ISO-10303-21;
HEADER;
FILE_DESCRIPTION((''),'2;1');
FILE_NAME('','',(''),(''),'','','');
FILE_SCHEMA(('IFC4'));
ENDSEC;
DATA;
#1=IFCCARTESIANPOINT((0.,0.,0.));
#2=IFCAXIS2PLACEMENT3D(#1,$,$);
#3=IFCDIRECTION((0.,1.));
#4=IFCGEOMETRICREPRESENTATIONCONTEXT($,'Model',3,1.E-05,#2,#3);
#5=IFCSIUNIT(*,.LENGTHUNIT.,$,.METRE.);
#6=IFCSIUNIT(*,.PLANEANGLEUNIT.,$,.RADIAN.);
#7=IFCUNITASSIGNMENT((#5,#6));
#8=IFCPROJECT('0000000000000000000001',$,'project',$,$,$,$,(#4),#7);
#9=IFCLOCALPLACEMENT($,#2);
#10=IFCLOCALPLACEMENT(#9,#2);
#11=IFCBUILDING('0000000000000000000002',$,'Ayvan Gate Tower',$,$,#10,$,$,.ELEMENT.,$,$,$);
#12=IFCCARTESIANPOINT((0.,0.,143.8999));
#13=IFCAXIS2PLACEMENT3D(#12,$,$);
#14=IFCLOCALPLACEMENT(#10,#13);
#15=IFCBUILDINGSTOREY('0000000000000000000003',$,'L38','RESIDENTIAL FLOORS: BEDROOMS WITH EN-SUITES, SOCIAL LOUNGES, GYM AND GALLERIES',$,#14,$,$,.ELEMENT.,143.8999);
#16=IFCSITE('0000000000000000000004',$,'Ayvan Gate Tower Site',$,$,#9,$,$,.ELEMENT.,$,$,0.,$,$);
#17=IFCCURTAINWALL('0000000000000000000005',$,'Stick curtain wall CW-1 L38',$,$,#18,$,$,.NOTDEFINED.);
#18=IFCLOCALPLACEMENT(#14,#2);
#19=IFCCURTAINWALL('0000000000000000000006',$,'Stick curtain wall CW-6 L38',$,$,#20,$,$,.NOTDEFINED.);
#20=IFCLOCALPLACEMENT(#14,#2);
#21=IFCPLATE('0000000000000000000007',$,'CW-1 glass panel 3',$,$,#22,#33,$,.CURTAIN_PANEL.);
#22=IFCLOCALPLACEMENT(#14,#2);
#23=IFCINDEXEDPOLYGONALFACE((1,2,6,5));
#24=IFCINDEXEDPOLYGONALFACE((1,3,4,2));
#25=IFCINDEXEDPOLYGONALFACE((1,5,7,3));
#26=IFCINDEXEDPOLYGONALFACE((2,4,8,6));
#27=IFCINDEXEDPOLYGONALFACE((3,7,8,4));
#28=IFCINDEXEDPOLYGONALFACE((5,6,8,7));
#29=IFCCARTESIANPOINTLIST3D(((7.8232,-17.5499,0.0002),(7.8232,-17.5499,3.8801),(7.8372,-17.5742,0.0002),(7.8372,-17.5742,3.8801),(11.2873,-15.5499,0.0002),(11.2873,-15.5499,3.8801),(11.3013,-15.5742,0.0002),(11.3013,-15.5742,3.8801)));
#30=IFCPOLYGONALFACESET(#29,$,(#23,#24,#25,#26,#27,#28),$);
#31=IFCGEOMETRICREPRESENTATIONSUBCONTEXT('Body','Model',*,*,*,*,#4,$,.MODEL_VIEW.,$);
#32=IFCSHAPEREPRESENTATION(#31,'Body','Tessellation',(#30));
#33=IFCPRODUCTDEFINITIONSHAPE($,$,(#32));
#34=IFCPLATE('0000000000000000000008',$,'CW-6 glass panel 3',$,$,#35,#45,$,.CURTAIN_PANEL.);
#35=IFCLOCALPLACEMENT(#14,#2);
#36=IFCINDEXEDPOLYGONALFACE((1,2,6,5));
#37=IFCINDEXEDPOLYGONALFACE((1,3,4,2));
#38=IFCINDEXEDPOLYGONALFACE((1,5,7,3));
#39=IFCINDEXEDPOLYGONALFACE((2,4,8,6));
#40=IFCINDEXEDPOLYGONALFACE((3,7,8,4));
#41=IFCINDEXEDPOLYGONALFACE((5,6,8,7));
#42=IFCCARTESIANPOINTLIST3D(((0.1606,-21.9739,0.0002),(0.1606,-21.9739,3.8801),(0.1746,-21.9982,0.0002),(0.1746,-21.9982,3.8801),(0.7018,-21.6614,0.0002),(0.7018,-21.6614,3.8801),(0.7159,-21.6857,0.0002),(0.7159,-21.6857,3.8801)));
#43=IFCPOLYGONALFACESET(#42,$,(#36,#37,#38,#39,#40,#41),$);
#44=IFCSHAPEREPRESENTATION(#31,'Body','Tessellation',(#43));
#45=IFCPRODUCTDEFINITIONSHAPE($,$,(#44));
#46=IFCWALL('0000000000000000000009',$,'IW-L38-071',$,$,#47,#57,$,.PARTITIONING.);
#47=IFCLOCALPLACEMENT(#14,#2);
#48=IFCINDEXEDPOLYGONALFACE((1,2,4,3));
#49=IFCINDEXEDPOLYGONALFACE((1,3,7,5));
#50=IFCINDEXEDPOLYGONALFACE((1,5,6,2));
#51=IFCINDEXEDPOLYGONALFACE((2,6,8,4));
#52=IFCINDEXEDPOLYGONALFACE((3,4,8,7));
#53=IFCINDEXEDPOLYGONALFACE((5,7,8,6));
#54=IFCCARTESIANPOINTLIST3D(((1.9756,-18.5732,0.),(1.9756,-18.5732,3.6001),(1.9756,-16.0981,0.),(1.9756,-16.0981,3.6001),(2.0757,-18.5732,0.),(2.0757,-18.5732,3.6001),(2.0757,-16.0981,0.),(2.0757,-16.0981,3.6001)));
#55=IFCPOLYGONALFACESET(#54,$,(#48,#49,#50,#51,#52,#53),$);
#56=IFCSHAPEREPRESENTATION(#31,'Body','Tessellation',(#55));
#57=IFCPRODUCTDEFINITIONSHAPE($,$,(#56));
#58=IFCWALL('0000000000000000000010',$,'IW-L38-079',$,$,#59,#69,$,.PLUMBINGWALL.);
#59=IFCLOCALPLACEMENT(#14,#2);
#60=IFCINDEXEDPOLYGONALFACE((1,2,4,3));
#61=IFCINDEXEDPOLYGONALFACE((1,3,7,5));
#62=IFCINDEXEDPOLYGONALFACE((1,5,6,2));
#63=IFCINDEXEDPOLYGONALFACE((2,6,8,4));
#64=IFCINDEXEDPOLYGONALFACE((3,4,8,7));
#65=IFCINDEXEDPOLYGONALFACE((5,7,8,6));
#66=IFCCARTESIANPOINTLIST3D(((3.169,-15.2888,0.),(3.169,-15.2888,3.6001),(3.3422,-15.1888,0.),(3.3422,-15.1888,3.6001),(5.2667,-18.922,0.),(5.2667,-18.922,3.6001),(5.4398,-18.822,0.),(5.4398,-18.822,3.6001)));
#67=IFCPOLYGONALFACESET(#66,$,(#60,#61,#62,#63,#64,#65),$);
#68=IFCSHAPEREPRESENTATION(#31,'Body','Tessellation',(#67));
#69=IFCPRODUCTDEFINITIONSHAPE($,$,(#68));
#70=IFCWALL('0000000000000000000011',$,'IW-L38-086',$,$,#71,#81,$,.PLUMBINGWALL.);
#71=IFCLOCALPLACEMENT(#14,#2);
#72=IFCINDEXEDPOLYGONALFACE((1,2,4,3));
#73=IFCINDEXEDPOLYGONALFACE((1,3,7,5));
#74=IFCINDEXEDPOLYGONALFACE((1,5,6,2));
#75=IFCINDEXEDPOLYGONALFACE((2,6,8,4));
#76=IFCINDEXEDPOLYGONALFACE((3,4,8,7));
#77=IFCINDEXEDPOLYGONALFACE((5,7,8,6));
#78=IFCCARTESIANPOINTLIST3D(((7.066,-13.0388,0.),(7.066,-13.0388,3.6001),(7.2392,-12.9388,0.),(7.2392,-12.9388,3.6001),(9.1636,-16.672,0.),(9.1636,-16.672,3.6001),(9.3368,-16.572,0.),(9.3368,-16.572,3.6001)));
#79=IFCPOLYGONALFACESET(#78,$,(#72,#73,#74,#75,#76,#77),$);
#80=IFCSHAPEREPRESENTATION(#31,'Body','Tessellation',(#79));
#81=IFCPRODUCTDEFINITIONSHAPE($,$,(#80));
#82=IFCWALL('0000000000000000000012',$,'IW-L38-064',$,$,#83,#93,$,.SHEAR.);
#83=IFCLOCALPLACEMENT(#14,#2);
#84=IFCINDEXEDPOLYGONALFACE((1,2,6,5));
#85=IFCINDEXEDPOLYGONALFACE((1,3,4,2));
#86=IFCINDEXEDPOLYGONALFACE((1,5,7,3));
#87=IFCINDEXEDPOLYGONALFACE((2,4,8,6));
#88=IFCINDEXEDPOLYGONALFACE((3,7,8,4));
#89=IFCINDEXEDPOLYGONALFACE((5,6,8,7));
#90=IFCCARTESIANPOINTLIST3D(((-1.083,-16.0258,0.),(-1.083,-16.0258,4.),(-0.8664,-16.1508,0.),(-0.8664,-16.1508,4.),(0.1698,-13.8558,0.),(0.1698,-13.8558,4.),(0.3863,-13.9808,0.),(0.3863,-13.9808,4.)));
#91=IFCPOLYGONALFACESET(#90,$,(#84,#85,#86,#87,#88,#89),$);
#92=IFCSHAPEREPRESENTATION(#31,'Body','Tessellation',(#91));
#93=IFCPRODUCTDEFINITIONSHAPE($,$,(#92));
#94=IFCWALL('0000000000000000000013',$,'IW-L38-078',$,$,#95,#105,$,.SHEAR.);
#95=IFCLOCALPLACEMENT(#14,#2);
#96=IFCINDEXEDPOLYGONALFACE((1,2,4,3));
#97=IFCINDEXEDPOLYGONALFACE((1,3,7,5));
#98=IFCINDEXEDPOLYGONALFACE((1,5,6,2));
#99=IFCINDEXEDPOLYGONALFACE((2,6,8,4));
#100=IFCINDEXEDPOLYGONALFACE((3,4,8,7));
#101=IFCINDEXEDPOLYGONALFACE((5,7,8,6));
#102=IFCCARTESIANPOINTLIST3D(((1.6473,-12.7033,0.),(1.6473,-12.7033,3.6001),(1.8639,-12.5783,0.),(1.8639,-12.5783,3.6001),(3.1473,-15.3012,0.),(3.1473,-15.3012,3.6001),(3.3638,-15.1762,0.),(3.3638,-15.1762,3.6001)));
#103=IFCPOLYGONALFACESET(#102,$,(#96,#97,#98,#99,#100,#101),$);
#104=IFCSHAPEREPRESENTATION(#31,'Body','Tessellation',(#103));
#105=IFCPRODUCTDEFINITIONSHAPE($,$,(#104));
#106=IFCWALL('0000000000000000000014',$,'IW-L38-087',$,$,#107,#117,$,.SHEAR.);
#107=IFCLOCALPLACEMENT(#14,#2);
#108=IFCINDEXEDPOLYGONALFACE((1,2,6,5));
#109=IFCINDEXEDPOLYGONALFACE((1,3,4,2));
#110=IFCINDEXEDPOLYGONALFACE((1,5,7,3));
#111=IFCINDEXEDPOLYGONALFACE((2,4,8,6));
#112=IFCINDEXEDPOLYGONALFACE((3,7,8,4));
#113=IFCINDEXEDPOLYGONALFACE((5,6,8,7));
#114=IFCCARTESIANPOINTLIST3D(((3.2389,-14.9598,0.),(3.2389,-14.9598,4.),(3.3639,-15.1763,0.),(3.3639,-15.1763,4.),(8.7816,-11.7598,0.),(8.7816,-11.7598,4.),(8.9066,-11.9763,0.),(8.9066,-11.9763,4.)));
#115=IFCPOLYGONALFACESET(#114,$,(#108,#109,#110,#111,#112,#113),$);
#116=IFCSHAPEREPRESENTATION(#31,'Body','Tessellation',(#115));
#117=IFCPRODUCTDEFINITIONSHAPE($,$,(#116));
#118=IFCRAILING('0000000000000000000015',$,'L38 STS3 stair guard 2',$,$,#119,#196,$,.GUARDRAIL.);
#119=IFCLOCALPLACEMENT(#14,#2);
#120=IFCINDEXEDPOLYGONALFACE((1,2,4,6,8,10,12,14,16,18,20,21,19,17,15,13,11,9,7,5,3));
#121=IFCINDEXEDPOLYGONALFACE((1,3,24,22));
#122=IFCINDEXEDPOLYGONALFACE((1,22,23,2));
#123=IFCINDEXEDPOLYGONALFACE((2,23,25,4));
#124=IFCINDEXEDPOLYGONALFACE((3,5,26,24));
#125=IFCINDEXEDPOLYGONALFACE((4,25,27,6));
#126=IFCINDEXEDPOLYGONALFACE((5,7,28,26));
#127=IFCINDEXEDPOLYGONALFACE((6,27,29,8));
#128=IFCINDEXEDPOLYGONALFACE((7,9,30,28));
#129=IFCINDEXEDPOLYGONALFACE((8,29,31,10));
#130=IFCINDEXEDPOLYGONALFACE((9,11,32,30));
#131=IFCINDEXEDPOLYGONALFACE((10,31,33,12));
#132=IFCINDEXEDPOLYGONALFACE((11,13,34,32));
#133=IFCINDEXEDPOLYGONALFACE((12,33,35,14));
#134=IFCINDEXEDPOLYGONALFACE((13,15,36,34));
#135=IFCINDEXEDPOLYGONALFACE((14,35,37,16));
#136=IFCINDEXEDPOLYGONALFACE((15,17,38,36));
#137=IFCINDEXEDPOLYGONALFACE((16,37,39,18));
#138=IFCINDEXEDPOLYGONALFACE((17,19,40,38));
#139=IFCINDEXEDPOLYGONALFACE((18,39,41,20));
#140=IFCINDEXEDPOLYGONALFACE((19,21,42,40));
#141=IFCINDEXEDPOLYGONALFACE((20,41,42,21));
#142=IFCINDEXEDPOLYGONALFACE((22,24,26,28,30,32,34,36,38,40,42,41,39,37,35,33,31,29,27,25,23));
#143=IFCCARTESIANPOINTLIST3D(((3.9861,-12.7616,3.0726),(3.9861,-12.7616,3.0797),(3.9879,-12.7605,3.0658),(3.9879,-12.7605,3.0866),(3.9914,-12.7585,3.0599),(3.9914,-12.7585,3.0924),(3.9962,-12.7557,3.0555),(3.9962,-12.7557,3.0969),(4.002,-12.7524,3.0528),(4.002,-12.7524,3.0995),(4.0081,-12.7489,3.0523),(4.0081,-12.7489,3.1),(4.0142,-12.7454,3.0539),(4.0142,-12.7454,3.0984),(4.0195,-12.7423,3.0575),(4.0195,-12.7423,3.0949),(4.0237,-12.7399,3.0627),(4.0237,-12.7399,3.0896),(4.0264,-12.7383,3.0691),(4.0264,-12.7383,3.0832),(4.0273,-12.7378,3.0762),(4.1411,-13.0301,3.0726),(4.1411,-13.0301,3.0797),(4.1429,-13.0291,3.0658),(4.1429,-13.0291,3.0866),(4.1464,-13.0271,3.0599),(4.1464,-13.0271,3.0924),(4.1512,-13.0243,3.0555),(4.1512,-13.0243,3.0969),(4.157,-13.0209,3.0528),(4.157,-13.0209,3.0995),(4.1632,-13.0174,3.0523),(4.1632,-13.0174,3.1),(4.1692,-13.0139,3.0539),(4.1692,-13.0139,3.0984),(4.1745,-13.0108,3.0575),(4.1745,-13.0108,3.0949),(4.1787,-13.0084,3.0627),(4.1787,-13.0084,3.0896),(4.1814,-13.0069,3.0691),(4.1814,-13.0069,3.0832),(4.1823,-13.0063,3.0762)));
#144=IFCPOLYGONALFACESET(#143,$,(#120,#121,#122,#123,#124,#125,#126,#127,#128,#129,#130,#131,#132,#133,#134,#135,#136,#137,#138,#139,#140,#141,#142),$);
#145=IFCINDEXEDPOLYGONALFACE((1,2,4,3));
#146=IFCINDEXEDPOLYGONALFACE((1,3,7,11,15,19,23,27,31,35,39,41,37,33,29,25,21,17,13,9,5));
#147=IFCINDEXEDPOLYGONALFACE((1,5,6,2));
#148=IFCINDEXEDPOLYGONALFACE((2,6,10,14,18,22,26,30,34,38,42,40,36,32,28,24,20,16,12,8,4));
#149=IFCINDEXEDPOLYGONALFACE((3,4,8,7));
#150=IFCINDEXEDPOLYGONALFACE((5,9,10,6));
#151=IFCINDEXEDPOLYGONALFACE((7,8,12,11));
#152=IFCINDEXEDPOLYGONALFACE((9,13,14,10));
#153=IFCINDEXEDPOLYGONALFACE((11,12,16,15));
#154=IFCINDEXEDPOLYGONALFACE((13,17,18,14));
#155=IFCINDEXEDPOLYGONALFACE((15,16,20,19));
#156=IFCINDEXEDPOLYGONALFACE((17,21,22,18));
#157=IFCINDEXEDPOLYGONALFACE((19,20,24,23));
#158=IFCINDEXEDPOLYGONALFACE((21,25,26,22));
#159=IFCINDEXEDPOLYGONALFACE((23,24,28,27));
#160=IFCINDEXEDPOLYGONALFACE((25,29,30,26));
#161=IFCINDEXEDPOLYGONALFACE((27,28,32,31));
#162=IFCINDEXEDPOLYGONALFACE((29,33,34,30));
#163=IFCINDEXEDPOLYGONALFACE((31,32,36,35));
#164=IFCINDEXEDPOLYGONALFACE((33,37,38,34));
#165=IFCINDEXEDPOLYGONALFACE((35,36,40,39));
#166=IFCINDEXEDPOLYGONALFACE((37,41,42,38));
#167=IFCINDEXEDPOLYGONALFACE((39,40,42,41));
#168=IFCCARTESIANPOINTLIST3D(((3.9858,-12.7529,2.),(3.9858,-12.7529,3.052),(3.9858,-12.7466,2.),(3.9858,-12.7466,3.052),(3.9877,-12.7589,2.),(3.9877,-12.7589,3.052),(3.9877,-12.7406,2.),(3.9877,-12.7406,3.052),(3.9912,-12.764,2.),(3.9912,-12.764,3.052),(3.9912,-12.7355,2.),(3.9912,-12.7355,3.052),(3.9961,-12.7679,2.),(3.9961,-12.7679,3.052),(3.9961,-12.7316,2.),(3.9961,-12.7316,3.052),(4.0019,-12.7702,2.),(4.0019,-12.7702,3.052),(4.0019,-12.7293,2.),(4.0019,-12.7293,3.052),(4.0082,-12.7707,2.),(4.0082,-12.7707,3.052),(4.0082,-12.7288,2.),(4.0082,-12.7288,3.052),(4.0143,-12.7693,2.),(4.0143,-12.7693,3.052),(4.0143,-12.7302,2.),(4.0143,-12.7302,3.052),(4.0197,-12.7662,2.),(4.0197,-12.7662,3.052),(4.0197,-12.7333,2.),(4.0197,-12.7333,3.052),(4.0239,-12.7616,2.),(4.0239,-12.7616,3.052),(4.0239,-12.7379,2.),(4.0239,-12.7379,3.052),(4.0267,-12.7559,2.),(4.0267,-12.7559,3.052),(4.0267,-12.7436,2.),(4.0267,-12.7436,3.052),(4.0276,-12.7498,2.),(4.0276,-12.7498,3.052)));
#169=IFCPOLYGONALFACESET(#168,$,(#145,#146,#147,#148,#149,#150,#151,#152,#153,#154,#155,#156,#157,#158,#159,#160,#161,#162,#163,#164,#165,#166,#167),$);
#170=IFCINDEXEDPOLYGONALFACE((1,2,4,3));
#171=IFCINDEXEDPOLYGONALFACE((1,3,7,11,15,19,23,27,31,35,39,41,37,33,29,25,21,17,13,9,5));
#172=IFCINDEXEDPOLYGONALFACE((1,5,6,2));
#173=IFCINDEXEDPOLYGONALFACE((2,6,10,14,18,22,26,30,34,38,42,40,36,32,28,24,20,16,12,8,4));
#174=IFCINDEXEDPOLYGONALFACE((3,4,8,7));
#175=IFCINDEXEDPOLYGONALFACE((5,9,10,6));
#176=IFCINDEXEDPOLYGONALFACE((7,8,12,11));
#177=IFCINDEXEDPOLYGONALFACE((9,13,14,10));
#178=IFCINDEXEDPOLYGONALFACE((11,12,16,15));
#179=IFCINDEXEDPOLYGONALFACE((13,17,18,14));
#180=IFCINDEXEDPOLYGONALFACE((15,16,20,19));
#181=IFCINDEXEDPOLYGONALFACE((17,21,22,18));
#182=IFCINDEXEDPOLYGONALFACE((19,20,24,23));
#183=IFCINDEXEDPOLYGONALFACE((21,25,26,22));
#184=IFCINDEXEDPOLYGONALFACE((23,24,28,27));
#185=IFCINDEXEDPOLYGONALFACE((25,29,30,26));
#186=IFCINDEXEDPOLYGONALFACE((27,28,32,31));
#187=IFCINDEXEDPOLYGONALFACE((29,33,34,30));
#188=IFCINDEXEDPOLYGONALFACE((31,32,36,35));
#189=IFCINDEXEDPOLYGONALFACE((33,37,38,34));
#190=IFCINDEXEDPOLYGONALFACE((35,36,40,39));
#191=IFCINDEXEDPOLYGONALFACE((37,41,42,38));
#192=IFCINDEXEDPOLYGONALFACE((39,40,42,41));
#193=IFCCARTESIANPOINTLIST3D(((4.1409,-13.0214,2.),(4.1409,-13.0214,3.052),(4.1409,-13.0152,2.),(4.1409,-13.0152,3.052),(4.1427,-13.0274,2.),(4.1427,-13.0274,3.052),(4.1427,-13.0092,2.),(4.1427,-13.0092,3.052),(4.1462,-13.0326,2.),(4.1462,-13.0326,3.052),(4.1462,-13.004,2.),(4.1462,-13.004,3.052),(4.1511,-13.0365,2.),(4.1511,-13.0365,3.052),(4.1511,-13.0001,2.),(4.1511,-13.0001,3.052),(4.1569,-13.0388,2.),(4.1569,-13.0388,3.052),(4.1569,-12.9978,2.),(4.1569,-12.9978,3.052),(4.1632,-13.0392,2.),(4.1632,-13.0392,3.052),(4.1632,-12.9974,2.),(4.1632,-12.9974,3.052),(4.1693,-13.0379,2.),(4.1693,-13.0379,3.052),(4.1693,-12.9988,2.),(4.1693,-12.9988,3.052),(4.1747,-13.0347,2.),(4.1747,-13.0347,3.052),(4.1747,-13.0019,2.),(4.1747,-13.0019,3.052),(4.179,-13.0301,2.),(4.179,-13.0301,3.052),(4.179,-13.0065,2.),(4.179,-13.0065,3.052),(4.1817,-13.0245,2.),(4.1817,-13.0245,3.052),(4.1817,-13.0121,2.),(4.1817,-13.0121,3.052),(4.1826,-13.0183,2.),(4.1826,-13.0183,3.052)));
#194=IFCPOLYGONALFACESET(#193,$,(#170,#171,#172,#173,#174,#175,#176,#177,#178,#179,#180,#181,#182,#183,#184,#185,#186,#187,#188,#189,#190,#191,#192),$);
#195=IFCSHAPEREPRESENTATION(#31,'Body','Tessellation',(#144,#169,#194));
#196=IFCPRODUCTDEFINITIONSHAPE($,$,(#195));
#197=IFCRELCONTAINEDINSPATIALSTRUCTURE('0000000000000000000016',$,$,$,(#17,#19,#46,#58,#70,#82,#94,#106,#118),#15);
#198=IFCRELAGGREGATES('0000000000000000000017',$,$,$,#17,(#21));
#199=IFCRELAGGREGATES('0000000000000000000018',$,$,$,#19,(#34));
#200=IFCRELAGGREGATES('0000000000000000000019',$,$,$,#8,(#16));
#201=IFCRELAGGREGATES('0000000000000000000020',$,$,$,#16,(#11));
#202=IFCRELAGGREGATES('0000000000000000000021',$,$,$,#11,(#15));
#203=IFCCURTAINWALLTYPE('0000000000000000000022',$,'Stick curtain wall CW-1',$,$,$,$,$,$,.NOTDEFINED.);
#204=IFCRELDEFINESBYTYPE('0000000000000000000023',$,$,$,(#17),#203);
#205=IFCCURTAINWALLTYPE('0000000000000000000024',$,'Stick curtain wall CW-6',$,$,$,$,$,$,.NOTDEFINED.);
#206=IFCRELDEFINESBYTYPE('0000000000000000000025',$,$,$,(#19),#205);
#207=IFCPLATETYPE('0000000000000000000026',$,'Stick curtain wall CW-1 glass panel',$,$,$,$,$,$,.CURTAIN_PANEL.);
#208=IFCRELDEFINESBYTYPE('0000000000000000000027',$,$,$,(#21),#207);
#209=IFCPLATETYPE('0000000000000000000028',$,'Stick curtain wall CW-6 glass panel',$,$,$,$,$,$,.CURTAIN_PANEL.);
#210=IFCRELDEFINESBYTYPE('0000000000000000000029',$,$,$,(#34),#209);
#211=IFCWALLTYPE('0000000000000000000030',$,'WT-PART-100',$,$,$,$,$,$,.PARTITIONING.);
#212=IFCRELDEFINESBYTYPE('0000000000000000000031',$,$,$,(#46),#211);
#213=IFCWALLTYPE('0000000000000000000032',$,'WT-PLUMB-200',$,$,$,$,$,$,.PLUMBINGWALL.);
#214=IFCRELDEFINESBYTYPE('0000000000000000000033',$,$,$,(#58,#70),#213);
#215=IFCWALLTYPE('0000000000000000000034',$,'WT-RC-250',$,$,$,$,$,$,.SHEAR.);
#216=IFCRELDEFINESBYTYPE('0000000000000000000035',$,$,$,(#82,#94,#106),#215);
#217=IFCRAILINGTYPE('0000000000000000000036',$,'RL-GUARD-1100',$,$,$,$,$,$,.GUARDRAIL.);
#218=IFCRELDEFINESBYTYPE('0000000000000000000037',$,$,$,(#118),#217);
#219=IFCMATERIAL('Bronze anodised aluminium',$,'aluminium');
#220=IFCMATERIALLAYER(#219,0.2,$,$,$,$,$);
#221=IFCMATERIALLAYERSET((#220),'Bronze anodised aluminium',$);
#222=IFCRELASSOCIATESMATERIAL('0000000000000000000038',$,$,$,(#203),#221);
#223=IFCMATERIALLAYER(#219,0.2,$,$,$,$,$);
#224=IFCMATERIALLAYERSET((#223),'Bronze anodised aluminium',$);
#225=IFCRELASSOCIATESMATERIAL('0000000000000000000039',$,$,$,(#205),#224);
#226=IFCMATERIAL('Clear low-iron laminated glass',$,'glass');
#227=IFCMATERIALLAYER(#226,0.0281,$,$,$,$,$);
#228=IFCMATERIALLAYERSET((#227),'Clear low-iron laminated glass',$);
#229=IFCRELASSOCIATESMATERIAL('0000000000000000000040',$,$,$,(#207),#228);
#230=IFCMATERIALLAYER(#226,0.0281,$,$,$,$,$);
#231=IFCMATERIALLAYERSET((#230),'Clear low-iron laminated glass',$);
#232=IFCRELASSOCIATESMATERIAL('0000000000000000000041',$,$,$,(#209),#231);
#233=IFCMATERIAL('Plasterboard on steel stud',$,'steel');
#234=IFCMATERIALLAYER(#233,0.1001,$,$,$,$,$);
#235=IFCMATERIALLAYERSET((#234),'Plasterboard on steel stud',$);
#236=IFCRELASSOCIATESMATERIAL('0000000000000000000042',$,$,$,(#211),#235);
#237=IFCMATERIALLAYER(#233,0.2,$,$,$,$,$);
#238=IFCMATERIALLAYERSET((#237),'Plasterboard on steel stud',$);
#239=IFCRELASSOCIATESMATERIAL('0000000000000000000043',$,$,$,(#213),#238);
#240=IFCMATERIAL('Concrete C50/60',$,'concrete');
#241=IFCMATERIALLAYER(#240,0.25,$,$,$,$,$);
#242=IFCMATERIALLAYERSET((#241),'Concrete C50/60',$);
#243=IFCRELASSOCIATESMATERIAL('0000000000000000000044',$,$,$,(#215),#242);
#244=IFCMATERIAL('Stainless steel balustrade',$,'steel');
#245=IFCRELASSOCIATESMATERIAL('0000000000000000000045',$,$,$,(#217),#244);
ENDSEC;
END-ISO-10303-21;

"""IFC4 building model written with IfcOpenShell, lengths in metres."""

from ifc_helpers import new_model, si_unit, direction, frame, frame_2d, origin, origin_2d, place, context, subcontext, project, spatial, rectangle, circle, extrude, material, layer, layer_set, type_object, element, aggregate, save


model = new_model("IFC4")

# Units and contexts
model_context = context("Model", 3, precision=1e-05, world=origin(), true_north=direction((0.0, 1.0)))
body_context = subcontext(model_context, "Body", "Model", "MODEL_VIEW")
ifc_project = project(units=[si_unit("LENGTHUNIT", "METRE"), si_unit("PLANEANGLEUNIT", "RADIAN")], contexts=[model_context])

# Site, building, storey
site_placement = place(None, origin())
site = spatial("IfcSite", under=ifc_project, at=site_placement, Name="Ayvan Gate Tower Site", CompositionType="ELEMENT", RefElevation=0.0)
building_placement = place(site_placement, origin())
building = spatial("IfcBuilding", under=site, at=building_placement, Name="Ayvan Gate Tower", CompositionType="ELEMENT")
storey_placement = place(building_placement, frame((0.0, 0.0, 143.8999)))
storey = spatial("IfcBuildingStorey", under=building, at=storey_placement, Name="L38", Description="RESIDENTIAL FLOORS: BEDROOMS WITH EN-SUITES, SOCIAL LOUNGES, GYM AND GALLERIES", CompositionType="ELEMENT", Elevation=143.8999)

# Curtain walls
ifc_material_1 = material(Name="Bronze anodised aluminium", Category="aluminium")
ifc_layer_1 = layer(ifc_material_1, 0.2)
ifc_layer_set_1 = layer_set([ifc_layer_1], Name="Bronze anodised aluminium")
curtain_wall_type_1 = type_object("IfcCurtainWallType", Name="Stick curtain wall CW-1", PredefinedType="NOTDEFINED", material=ifc_layer_set_1)
curtain_wall_1_placement = place(storey_placement, origin())
curtain_wall_1 = element("IfcCurtainWall", 1, at=curtain_wall_1_placement, inside=storey, type_object=curtain_wall_type_1, Name="Stick curtain wall CW-1 L38", PredefinedType="NOTDEFINED")
ifc_layer_2 = layer(ifc_material_1, 0.2)
ifc_layer_set_2 = layer_set([ifc_layer_2], Name="Bronze anodised aluminium")
curtain_wall_type_2 = type_object("IfcCurtainWallType", Name="Stick curtain wall CW-6", PredefinedType="NOTDEFINED", material=ifc_layer_set_2)
curtain_wall_2_placement = place(storey_placement, origin())
curtain_wall_2 = element("IfcCurtainWall", 2, at=curtain_wall_2_placement, inside=storey, type_object=curtain_wall_type_2, Name="Stick curtain wall CW-6 L38", PredefinedType="NOTDEFINED")

# Plates
ifc_material_2 = material(Name="Clear low-iron laminated glass", Category="glass")
ifc_layer_3 = layer(ifc_material_2, 0.0281)
ifc_layer_set_3 = layer_set([ifc_layer_3], Name="Clear low-iron laminated glass")
plate_type_1 = type_object("IfcPlateType", Name="Stick curtain wall CW-1 glass panel", PredefinedType="CURTAIN_PANEL", material=ifc_layer_set_3)
plate_1_placement = place(storey_placement, frame((9.5623, -16.562, 0.0002), z_axis=(0.0, 0.0, 1.0), x_axis=(0.866025, 0.5, 0.0)))
plate_1 = element("IfcPlate", 3, at=plate_1_placement, type_object=plate_type_1, Name="CW-1 glass panel 3", PredefinedType="CURTAIN_PANEL", context=body_context, shape_type="SweptSolid", body=[
    extrude(rectangle(XDim=4.0, YDim=0.0281, at=origin_2d()), origin(), (0.0, 0.0, 1.0), 3.8799),
])
aggregate(curtain_wall_1, [plate_1])
ifc_layer_4 = layer(ifc_material_2, 0.0281)
ifc_layer_set_4 = layer_set([ifc_layer_4], Name="Clear low-iron laminated glass")
plate_type_2 = type_object("IfcPlateType", Name="Stick curtain wall CW-6 glass panel", PredefinedType="CURTAIN_PANEL", material=ifc_layer_set_4)
plate_2_placement = place(storey_placement, frame((0.4382, -21.8298, 0.0002), z_axis=(0.0, 0.0, 1.0), x_axis=(0.866025, 0.5, 0.0)))
plate_2 = element("IfcPlate", 4, at=plate_2_placement, type_object=plate_type_2, Name="CW-6 glass panel 3", PredefinedType="CURTAIN_PANEL", context=body_context, shape_type="SweptSolid", body=[
    extrude(rectangle(XDim=0.625, YDim=0.0281, at=origin_2d()), origin(), (0.0, 0.0, 1.0), 3.8799),
])
aggregate(curtain_wall_2, [plate_2])

# Walls
ifc_material_3 = material(Name="Plasterboard on steel stud", Category="steel")
ifc_layer_5 = layer(ifc_material_3, 0.1001)
ifc_layer_set_5 = layer_set([ifc_layer_5], Name="Plasterboard on steel stud")
wall_type_1 = type_object("IfcWallType", Name="WT-PART-100", PredefinedType="PARTITIONING", material=ifc_layer_set_5)
wall_1_placement = place(storey_placement, frame((2.0256, -18.5732, 0.0), z_axis=(0.0, 0.0, 1.0), x_axis=(0.0, 1.0, 0.0)))
element("IfcWall", 5, at=wall_1_placement, inside=storey, type_object=wall_type_1, Name="IW-L38-071", PredefinedType="PARTITIONING", context=body_context, shape_type="SweptSolid", body=[
    extrude(rectangle(XDim=2.4751, YDim=0.1001, at=frame_2d((1.2375, 0.0))), origin(), (0.0, 0.0, 1.0), 3.6001),
])
ifc_layer_6 = layer(ifc_material_3, 0.2)
ifc_layer_set_6 = layer_set([ifc_layer_6], Name="Plasterboard on steel stud")
wall_type_2 = type_object("IfcWallType", Name="WT-PLUMB-200", PredefinedType="PLUMBINGWALL", material=ifc_layer_set_6)
for number, where, z_axis, x_axis, name in (
    (6, (3.2556, -15.2388, 0.0), (0.0, 0.0, 1.0), (0.499994, -0.866029, 0.0), "IW-L38-079"),
    (7, (7.1526, -12.9888, 0.0), (0.0, 0.0, 1.0), (0.499994, -0.866029, 0.0), "IW-L38-086"),
):
    element("IfcWall", number, at=place(storey_placement, frame(where, z_axis=z_axis, x_axis=x_axis)), inside=storey, type_object=wall_type_2, Name=name, PredefinedType="PLUMBINGWALL", context=body_context, shape_type="SweptSolid", body=[
        extrude(rectangle(XDim=4.1953, YDim=0.2, at=frame_2d((2.0977, 0.0))), origin(), (0.0, 0.0, 1.0), 3.6001),
    ])
ifc_material_4 = material(Name="Concrete C50/60", Category="concrete")
ifc_layer_7 = layer(ifc_material_4, 0.25)
ifc_layer_set_7 = layer_set([ifc_layer_7], Name="Concrete C50/60")
wall_type_3 = type_object("IfcWallType", Name="WT-RC-250", PredefinedType="SHEAR", material=ifc_layer_set_7)
wall_2_placement = place(storey_placement, frame((0.2781, -13.9182, 0.0), z_axis=(0.0, 0.0, 1.0), x_axis=(-0.499964, -0.866046, 0.0)))
element("IfcWall", 8, at=wall_2_placement, inside=storey, type_object=wall_type_3, Name="IW-L38-064", PredefinedType="SHEAR", context=body_context, shape_type="SweptSolid", body=[
    extrude(rectangle(XDim=2.5056, YDim=0.25, at=frame_2d((1.2529, 0.0))), origin(), (0.0, 0.0, 1.0), 4.0),
])
wall_3_placement = place(storey_placement, frame((3.2556, -15.2388, 0.0), z_axis=(0.0, 0.0, 1.0), x_axis=(-0.500025, 0.866011, 0.0)))
element("IfcWall", 9, at=wall_3_placement, inside=storey, type_object=wall_type_3, Name="IW-L38-078", PredefinedType="SHEAR", context=body_context, shape_type="SweptSolid", body=[
    extrude(rectangle(XDim=2.9998, YDim=0.25, at=frame_2d((1.5, 0.0))), origin(), (0.0, 0.0, 1.0), 3.6001),
])
wall_4_placement = place(storey_placement, frame((3.3013, -15.0681, 0.0), z_axis=(0.0, 0.0, 1.0), x_axis=(0.866035, 0.499983, 0.0)))
element("IfcWall", 10, at=wall_4_placement, inside=storey, type_object=wall_type_3, Name="IW-L38-087", PredefinedType="SHEAR", context=body_context, shape_type="SweptSolid", body=[
    extrude(rectangle(XDim=6.4001, YDim=0.25, at=frame_2d((3.2002, 0.0))), origin(), (0.0, 0.0, 1.0), 4.0),
])

# Railing
ifc_material_5 = material(Name="Stainless steel balustrade", Category="steel")
railing_type_1 = type_object("IfcRailingType", Name="RL-GUARD-1100", PredefinedType="GUARDRAIL", material=ifc_material_5)
railing_1_placement = place(storey_placement, frame((4.0066, -12.7498, 2.0)))
element("IfcRailing", 11, at=railing_1_placement, inside=storey, type_object=railing_type_1, Name="L38 STS3 stair guard 2", PredefinedType="GUARDRAIL", context=body_context, shape_type="SweptSolid", body=[
    extrude(circle(Radius=0.0239, at=origin_2d()), frame((0.0, 0.0, 1.0762), z_axis=(0.49995, -0.866054, 0.0), x_axis=(0.866054, 0.49995, 0.0)), (0.0, 0.0, 1.0), 0.3101),
    extrude(circle(Radius=0.021, at=origin_2d()), origin(), (0.0, 0.0, 1.0), 1.052),
    extrude(circle(Radius=0.021, at=origin_2d()), frame((0.155, -0.2686, 0.0)), (0.0, 0.0, 1.0), 1.052),
])

save(model, "model.ifc")
